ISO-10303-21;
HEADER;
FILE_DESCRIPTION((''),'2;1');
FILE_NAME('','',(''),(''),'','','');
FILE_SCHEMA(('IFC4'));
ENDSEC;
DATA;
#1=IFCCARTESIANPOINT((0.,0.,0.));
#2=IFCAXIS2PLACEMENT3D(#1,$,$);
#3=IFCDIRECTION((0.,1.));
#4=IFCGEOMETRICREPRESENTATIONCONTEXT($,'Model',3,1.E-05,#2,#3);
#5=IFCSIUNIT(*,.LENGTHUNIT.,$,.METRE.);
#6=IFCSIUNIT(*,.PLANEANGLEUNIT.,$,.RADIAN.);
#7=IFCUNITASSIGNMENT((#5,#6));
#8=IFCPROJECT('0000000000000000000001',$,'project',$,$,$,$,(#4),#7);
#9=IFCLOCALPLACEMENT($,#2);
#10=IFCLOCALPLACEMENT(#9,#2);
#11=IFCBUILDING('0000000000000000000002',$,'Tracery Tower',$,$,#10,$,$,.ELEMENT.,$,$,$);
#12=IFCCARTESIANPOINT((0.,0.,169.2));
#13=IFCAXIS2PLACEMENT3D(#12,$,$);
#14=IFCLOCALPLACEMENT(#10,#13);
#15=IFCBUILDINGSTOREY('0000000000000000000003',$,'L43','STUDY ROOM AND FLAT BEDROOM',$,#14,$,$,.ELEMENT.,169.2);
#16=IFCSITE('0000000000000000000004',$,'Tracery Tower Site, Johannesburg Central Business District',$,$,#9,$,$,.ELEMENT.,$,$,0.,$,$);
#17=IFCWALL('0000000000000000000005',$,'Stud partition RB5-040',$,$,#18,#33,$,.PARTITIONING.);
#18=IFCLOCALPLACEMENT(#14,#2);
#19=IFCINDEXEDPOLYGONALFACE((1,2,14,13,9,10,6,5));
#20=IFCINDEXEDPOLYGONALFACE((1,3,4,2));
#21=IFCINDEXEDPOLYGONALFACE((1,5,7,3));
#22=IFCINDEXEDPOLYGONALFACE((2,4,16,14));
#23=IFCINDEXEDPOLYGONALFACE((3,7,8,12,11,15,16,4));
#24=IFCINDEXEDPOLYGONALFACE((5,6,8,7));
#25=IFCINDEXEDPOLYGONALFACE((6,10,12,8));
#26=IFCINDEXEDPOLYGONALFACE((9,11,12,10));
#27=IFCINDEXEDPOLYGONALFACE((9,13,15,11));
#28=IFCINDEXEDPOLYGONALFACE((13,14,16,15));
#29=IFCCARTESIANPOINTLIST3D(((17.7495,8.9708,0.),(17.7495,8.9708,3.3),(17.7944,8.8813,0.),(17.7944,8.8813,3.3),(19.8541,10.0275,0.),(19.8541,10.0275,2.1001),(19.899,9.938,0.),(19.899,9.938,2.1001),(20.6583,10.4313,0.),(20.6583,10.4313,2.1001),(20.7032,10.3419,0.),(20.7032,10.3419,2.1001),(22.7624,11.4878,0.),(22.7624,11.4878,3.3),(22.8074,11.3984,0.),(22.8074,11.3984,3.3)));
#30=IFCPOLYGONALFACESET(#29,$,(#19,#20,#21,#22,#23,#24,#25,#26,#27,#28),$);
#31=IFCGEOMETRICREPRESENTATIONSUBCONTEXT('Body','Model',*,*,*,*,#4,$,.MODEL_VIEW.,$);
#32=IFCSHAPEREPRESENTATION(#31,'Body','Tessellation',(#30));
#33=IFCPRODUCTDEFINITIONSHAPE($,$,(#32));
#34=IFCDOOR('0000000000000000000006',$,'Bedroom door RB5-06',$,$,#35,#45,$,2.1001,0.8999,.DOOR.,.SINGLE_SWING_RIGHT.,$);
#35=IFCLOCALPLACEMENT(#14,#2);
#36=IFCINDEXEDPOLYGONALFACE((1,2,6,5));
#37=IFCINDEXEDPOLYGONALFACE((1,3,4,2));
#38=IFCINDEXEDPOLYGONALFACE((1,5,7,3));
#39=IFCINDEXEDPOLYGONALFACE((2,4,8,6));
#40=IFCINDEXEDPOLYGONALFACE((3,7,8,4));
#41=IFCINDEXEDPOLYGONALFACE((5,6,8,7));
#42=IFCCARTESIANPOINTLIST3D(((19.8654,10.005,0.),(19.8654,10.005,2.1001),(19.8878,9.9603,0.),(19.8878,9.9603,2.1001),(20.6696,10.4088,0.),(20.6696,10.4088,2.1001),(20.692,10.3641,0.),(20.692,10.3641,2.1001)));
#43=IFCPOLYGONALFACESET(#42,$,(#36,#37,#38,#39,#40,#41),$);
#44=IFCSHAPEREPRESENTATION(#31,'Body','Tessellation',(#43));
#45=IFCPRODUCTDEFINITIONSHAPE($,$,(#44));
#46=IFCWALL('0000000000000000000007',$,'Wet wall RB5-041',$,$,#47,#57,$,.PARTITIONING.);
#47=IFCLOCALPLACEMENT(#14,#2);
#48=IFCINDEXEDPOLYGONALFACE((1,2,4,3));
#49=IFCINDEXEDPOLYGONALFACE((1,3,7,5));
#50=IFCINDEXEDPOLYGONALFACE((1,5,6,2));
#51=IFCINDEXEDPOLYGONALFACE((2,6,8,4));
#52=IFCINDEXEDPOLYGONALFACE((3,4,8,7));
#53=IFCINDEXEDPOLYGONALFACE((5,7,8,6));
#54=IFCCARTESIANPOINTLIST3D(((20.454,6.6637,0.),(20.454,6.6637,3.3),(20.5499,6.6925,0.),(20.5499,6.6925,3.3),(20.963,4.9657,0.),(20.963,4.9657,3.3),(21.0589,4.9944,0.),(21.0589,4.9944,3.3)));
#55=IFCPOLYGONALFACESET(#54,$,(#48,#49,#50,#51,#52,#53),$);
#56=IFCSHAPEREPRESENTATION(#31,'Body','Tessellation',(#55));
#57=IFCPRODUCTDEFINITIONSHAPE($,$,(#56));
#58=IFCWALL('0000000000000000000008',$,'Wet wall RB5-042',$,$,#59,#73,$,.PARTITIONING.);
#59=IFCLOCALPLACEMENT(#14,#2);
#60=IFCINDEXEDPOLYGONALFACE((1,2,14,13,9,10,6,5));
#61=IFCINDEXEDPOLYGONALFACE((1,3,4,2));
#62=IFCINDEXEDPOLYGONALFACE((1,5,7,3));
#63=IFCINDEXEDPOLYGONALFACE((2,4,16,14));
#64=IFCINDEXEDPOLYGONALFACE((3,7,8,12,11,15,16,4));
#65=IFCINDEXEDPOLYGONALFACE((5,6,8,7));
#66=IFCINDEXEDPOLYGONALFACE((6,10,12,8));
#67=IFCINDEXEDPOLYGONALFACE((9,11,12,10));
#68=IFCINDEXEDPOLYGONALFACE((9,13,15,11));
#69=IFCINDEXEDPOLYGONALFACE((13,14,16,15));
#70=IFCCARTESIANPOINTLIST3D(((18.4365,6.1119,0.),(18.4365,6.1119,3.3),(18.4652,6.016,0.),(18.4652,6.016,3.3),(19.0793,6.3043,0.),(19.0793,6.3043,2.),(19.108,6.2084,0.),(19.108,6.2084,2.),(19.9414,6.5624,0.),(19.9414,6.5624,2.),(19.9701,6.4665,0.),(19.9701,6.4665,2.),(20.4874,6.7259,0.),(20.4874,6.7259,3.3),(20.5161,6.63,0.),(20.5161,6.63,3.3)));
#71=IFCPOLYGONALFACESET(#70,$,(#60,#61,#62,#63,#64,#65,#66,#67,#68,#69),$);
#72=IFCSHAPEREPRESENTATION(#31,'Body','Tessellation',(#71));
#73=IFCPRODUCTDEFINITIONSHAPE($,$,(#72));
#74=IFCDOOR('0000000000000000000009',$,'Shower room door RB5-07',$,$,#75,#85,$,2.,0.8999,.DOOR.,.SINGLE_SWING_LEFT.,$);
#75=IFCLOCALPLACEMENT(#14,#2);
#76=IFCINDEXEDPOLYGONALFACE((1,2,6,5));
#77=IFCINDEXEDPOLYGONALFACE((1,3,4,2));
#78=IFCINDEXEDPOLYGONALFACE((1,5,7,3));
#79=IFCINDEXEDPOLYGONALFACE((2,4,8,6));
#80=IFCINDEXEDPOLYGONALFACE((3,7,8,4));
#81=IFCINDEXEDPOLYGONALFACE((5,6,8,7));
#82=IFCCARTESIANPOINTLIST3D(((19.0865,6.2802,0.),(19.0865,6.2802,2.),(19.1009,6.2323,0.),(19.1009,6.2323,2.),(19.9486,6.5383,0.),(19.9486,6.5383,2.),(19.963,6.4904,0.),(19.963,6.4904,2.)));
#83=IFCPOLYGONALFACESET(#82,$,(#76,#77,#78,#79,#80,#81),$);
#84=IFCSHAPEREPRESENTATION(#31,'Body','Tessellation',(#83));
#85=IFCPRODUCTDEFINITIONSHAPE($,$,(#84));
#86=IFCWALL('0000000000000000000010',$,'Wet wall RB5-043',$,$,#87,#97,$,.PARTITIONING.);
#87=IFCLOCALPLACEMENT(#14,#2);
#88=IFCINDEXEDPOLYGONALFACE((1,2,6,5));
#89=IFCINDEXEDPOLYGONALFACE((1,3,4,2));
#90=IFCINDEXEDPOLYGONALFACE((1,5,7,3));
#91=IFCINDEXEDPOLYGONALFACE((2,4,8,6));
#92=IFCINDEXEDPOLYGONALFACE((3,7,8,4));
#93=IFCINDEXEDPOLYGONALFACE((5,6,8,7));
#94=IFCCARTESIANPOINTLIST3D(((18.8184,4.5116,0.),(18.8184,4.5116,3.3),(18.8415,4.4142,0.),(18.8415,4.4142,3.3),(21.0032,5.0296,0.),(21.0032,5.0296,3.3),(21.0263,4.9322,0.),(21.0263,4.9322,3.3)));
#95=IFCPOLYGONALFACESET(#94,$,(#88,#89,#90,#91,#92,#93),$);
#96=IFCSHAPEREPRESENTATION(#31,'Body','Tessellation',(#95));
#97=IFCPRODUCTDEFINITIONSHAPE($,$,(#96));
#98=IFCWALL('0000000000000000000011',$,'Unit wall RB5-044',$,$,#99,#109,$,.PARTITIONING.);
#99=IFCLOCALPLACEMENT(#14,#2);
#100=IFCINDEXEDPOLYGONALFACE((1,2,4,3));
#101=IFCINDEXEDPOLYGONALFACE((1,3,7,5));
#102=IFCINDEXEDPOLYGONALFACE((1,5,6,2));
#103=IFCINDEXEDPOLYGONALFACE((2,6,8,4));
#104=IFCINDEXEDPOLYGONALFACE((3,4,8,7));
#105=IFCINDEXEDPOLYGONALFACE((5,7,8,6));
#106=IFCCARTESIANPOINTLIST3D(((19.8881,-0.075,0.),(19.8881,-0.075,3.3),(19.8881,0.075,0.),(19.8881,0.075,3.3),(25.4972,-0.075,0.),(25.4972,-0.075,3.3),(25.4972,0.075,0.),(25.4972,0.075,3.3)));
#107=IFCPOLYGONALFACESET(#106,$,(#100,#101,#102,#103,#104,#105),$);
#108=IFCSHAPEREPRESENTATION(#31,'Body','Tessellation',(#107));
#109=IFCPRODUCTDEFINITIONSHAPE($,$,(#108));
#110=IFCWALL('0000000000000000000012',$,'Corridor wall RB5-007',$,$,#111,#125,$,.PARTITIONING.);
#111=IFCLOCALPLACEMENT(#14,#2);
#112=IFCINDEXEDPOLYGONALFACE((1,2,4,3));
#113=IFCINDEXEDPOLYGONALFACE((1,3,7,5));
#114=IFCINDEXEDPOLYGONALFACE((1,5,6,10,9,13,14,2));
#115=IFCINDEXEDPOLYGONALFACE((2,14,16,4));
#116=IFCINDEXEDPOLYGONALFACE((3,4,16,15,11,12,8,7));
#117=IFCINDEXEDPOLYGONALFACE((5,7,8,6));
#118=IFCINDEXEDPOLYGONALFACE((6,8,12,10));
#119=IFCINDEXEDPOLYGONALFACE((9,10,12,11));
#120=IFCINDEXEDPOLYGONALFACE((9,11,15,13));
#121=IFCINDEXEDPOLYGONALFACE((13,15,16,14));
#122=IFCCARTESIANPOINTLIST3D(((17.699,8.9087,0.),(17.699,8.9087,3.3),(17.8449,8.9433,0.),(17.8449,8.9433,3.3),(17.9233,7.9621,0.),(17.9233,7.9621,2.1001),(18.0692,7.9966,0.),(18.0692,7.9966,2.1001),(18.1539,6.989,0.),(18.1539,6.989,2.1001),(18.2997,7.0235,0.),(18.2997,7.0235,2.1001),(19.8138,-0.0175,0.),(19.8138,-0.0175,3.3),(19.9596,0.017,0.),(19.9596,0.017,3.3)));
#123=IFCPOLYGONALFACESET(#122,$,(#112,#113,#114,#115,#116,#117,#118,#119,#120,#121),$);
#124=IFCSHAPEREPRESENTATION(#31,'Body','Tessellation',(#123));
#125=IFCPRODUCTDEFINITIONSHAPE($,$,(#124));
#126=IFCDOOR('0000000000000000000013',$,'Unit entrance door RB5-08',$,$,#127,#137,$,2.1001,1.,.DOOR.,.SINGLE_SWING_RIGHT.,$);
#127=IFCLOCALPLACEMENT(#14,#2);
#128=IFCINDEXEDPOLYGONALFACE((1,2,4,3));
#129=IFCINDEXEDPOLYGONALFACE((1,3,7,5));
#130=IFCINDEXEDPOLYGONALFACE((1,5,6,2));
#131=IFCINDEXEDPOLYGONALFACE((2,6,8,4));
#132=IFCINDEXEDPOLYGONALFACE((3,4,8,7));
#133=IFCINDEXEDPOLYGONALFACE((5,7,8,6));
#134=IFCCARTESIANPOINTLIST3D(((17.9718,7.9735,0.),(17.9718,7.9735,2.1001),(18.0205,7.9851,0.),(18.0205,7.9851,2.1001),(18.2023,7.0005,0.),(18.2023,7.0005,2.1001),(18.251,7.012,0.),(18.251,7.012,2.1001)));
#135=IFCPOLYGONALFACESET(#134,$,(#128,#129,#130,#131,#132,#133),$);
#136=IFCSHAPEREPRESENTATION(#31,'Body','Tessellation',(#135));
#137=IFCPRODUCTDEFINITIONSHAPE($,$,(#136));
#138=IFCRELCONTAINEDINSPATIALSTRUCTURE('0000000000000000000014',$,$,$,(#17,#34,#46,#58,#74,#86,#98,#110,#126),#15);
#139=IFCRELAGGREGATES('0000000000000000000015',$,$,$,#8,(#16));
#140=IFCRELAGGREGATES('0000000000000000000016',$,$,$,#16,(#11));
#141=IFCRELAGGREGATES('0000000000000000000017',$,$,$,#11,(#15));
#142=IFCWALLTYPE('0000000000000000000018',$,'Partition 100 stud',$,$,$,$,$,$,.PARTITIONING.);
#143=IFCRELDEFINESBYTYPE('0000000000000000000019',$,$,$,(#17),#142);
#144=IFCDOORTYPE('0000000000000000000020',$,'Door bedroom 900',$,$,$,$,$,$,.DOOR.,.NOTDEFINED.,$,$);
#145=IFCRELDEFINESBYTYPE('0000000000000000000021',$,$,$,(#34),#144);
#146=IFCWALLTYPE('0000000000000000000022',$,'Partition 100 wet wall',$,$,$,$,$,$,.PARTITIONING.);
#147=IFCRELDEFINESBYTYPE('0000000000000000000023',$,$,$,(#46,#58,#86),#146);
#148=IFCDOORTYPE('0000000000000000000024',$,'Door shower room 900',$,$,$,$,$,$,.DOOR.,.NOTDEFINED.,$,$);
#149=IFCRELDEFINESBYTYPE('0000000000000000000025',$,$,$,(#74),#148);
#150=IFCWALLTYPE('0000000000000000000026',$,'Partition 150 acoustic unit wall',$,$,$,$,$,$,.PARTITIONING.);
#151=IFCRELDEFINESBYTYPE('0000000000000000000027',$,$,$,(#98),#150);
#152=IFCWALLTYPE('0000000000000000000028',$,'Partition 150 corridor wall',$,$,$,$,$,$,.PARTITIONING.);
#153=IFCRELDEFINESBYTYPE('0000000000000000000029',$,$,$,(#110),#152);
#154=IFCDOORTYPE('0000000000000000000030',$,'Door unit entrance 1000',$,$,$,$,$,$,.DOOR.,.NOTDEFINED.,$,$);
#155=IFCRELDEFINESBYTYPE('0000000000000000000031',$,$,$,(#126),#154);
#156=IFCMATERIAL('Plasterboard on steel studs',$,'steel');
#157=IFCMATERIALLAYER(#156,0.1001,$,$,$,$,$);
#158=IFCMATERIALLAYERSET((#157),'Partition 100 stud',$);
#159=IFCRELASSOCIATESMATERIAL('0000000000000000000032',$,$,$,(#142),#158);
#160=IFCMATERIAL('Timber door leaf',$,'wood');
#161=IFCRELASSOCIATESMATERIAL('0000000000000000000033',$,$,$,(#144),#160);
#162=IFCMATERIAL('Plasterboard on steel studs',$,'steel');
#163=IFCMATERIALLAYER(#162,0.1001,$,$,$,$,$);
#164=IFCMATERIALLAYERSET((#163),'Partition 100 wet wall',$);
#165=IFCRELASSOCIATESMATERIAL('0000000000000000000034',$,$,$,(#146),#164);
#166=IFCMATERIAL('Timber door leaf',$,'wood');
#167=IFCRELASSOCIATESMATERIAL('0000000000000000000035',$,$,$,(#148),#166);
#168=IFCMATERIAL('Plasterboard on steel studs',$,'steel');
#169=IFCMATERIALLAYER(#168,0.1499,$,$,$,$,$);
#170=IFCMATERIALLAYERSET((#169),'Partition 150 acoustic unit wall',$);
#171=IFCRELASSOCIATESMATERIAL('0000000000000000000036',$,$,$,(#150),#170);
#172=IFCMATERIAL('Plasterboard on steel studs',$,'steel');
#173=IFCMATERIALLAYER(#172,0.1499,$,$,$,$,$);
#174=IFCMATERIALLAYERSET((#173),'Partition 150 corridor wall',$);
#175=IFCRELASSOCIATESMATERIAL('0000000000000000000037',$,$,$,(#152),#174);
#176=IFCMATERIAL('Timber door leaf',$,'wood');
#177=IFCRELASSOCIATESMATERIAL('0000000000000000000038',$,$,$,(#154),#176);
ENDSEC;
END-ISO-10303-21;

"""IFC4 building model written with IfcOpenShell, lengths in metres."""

from ifc_helpers import new_model, si_unit, direction, frame, frame_2d, origin, place, context, subcontext, project, spatial, rectangle, extrude, material, layer, layer_set, type_object, element, fill, save


model = new_model("IFC4")

# Units and contexts
model_context = context("Model", 3, precision=1e-05, world=origin(), true_north=direction((0.0, 1.0)))
body_context = subcontext(model_context, "Body", "Model", "MODEL_VIEW")
ifc_project = project(units=[si_unit("LENGTHUNIT", "METRE"), si_unit("PLANEANGLEUNIT", "RADIAN")], contexts=[model_context])

# Site, building, storey
site_placement = place(None, origin())
site = spatial("IfcSite", under=ifc_project, at=site_placement, Name="Tracery Tower Site, Johannesburg Central Business District", CompositionType="ELEMENT", RefElevation=0.0)
building_placement = place(site_placement, origin())
building = spatial("IfcBuilding", under=site, at=building_placement, Name="Tracery Tower", CompositionType="ELEMENT")
storey_placement = place(building_placement, frame((0.0, 0.0, 169.2)))
storey = spatial("IfcBuildingStorey", under=building, at=storey_placement, Name="L43", Description="STUDY ROOM AND FLAT BEDROOM", CompositionType="ELEMENT", Elevation=169.2)

# Wall, opening, door
ifc_material_1 = material(Name="Plasterboard on steel studs", Category="steel")
ifc_layer_1 = layer(ifc_material_1, 0.1001)
ifc_layer_set_1 = layer_set([ifc_layer_1], Name="Partition 100 stud")
wall_type_1 = type_object("IfcWallType", Name="Partition 100 stud", PredefinedType="PARTITIONING", material=ifc_layer_set_1)
ifc_material_2 = material(Name="Timber door leaf", Category="wood")
door_type_1 = type_object("IfcDoorType", Name="Door bedroom 900", OperationType="NOTDEFINED", PredefinedType="DOOR", material=ifc_material_2)
wall_1_placement = place(storey_placement, frame((17.772, 8.926, 0.0), z_axis=(0.0, 0.0, 1.0), x_axis=(0.893669, 0.448728, 0.0)))
wall_1 = element("IfcWall", 1, at=wall_1_placement, inside=storey, type_object=wall_type_1, Name="Stud partition RB5-040", PredefinedType="PARTITIONING", context=body_context, shape_type="SweptSolid", body=[
    extrude(rectangle(XDim=5.6094, YDim=0.1001, at=frame_2d((2.8047, 0.0))), origin(), (0.0, 0.0, 1.0), 3.3),
])
opening_1_placement = place(wall_1_placement, frame((2.355, 0.0, 0.0)))
opening_1 = element("IfcOpeningElement", 2, at=opening_1_placement, cuts=wall_1, PredefinedType="OPENING", context=body_context, shape_type="SweptSolid", body=[
    extrude(rectangle(XDim=0.8999, YDim=2.1001, at=frame_2d((0.45, 1.05))), frame((0.0, 0.05, 0.0), z_axis=(0.0, -1.0, 0.0), x_axis=(1.0, 0.0, 0.0)), (0.0, 0.0, 1.0), 0.1001),
])
door_1_placement = place(opening_1_placement, origin())
door_1 = element("IfcDoor", 3, at=door_1_placement, inside=storey, type_object=door_type_1, Name="Bedroom door RB5-06", OperationType="SINGLE_SWING_RIGHT", OverallHeight=2.1001, OverallWidth=0.8999, PredefinedType="DOOR", context=body_context, shape_type="SweptSolid", body=[
    extrude(rectangle(XDim=0.8999, YDim=2.1001, at=frame_2d((0.45, 1.05))), frame((0.0, 0.0249, 0.0), z_axis=(0.0, -1.0, 0.0), x_axis=(1.0, 0.0, 0.0)), (0.0, 0.0, 1.0), 0.05),
])
fill(opening_1, door_1)

# Wall
ifc_material_3 = material(Name="Plasterboard on steel studs", Category="steel")
ifc_layer_2 = layer(ifc_material_3, 0.1001)
ifc_layer_set_2 = layer_set([ifc_layer_2], Name="Partition 100 wet wall")
wall_type_2 = type_object("IfcWallType", Name="Partition 100 wet wall", PredefinedType="PARTITIONING", material=ifc_layer_set_2)
wall_2_placement = place(storey_placement, frame((20.502, 6.678, 0.0), z_axis=(0.0, 0.0, 1.0), x_axis=(0.287158, -0.957883, 0.0)))
element("IfcWall", 4, at=wall_2_placement, inside=storey, type_object=wall_type_2, Name="Wet wall RB5-041", PredefinedType="PARTITIONING", context=body_context, shape_type="SweptSolid", body=[
    extrude(rectangle(XDim=1.7727, YDim=0.1001, at=frame_2d((0.8862, 0.0))), origin(), (0.0, 0.0, 1.0), 3.3),
])

# Wall, opening, door
wall_3_placement = place(storey_placement, frame((18.4509, 6.064, 0.0), z_axis=(0.0, 0.0, 1.0), x_axis=(0.957992, 0.286793, 0.0)))
wall_3 = element("IfcWall", 5, at=wall_3_placement, inside=storey, type_object=wall_type_2, Name="Wet wall RB5-042", PredefinedType="PARTITIONING", context=body_context, shape_type="SweptSolid", body=[
    extrude(rectangle(XDim=2.1409, YDim=0.1001, at=frame_2d((1.0703, 0.0))), origin(), (0.0, 0.0, 1.0), 3.3),
])
opening_2_placement = place(wall_3_placement, frame((0.6709, 0.0, 0.0)))
opening_2 = element("IfcOpeningElement", 6, at=opening_2_placement, cuts=wall_3, PredefinedType="OPENING", context=body_context, shape_type="SweptSolid", body=[
    extrude(rectangle(XDim=0.8999, YDim=2.0, at=frame_2d((0.45, 1.0))), frame((0.0, 0.05, 0.0), z_axis=(0.0, -1.0, 0.0), x_axis=(1.0, 0.0, 0.0)), (0.0, 0.0, 1.0), 0.1001),
])
ifc_material_4 = material(Name="Timber door leaf", Category="wood")
door_type_2 = type_object("IfcDoorType", Name="Door shower room 900", OperationType="NOTDEFINED", PredefinedType="DOOR", material=ifc_material_4)
door_2_placement = place(opening_2_placement, origin())
door_2 = element("IfcDoor", 7, at=door_2_placement, inside=storey, type_object=door_type_2, Name="Shower room door RB5-07", OperationType="SINGLE_SWING_LEFT", OverallHeight=2.0, OverallWidth=0.8999, PredefinedType="DOOR", context=body_context, shape_type="SweptSolid", body=[
    extrude(rectangle(XDim=0.8999, YDim=2.0, at=frame_2d((0.45, 1.0))), frame((0.0, 0.0249, 0.0), z_axis=(0.0, -1.0, 0.0), x_axis=(1.0, 0.0, 0.0)), (0.0, 0.0, 1.0), 0.05),
])
fill(opening_2, door_2)

# Walls
wall_4_placement = place(storey_placement, frame((18.8301, 4.4629, 0.0), z_axis=(0.0, 0.0, 1.0), x_axis=(0.973019, 0.230724, 0.0)))
element("IfcWall", 8, at=wall_4_placement, inside=storey, type_object=wall_type_2, Name="Wet wall RB5-043", PredefinedType="PARTITIONING", context=body_context, shape_type="SweptSolid", body=[
    extrude(rectangle(XDim=2.2454, YDim=0.1001, at=frame_2d((1.1226, 0.0))), origin(), (0.0, 0.0, 1.0), 3.3),
])
ifc_material_5 = material(Name="Plasterboard on steel studs", Category="steel")
ifc_layer_3 = layer(ifc_material_5, 0.1499)
ifc_layer_set_3 = layer_set([ifc_layer_3], Name="Partition 150 acoustic unit wall")
wall_type_3 = type_object("IfcWallType", Name="Partition 150 acoustic unit wall", PredefinedType="PARTITIONING", material=ifc_layer_set_3)
wall_5_placement = place(storey_placement, frame((19.8879, 0.0, 0.0), z_axis=(0.0, 0.0, 1.0), x_axis=(1.0, 0.0, 0.0)))
element("IfcWall", 9, at=wall_5_placement, inside=storey, type_object=wall_type_3, Name="Unit wall RB5-044", PredefinedType="PARTITIONING", context=body_context, shape_type="SweptSolid", body=[
    extrude(rectangle(XDim=5.6091, YDim=0.1499, at=frame_2d((2.8047, 0.0))), origin(), (0.0, 0.0, 1.0), 3.3),
])

# Wall, opening, door
ifc_material_6 = material(Name="Plasterboard on steel studs", Category="steel")
ifc_layer_4 = layer(ifc_material_6, 0.1499)
ifc_layer_set_4 = layer_set([ifc_layer_4], Name="Partition 150 corridor wall")
wall_type_4 = type_object("IfcWallType", Name="Partition 150 corridor wall", PredefinedType="PARTITIONING", material=ifc_layer_set_4)
wall_6_placement = place(storey_placement, frame((17.772, 8.926, 0.0), z_axis=(0.0, 0.0, 1.0), x_axis=(0.230531, -0.973065, 0.0)))
wall_6 = element("IfcWall", 10, at=wall_6_placement, inside=storey, type_object=wall_type_4, Name="Corridor wall RB5-007", PredefinedType="PARTITIONING", context=body_context, shape_type="SweptSolid", body=[
    extrude(rectangle(XDim=9.1733, YDim=0.1499, at=frame_2d((4.5867, 0.0))), origin(), (0.0, 0.0, 1.0), 3.3),
])
opening_3_placement = place(wall_6_placement, frame((0.9729, 0.0, 0.0)))
opening_3 = element("IfcOpeningElement", 11, at=opening_3_placement, cuts=wall_6, PredefinedType="OPENING", context=body_context, shape_type="SweptSolid", body=[
    extrude(rectangle(XDim=1.0, YDim=2.1001, at=frame_2d((0.5, 1.05))), frame((0.0, 0.075, 0.0), z_axis=(0.0, -1.0, 0.0), x_axis=(1.0, 0.0, 0.0)), (0.0, 0.0, 1.0), 0.1499),
])
ifc_material_7 = material(Name="Timber door leaf", Category="wood")
door_type_3 = type_object("IfcDoorType", Name="Door unit entrance 1000", OperationType="NOTDEFINED", PredefinedType="DOOR", material=ifc_material_7)
door_3_placement = place(opening_3_placement, origin())
door_3 = element("IfcDoor", 12, at=door_3_placement, inside=storey, type_object=door_type_3, Name="Unit entrance door RB5-08", OperationType="SINGLE_SWING_RIGHT", OverallHeight=2.1001, OverallWidth=1.0, PredefinedType="DOOR", context=body_context, shape_type="SweptSolid", body=[
    extrude(rectangle(XDim=1.0, YDim=2.1001, at=frame_2d((0.5, 1.05))), frame((0.0, 0.0249, 0.0), z_axis=(0.0, -1.0, 0.0), x_axis=(1.0, 0.0, 0.0)), (0.0, 0.0, 1.0), 0.05),
])
fill(opening_3, door_3)

save(model, "model.ifc")
